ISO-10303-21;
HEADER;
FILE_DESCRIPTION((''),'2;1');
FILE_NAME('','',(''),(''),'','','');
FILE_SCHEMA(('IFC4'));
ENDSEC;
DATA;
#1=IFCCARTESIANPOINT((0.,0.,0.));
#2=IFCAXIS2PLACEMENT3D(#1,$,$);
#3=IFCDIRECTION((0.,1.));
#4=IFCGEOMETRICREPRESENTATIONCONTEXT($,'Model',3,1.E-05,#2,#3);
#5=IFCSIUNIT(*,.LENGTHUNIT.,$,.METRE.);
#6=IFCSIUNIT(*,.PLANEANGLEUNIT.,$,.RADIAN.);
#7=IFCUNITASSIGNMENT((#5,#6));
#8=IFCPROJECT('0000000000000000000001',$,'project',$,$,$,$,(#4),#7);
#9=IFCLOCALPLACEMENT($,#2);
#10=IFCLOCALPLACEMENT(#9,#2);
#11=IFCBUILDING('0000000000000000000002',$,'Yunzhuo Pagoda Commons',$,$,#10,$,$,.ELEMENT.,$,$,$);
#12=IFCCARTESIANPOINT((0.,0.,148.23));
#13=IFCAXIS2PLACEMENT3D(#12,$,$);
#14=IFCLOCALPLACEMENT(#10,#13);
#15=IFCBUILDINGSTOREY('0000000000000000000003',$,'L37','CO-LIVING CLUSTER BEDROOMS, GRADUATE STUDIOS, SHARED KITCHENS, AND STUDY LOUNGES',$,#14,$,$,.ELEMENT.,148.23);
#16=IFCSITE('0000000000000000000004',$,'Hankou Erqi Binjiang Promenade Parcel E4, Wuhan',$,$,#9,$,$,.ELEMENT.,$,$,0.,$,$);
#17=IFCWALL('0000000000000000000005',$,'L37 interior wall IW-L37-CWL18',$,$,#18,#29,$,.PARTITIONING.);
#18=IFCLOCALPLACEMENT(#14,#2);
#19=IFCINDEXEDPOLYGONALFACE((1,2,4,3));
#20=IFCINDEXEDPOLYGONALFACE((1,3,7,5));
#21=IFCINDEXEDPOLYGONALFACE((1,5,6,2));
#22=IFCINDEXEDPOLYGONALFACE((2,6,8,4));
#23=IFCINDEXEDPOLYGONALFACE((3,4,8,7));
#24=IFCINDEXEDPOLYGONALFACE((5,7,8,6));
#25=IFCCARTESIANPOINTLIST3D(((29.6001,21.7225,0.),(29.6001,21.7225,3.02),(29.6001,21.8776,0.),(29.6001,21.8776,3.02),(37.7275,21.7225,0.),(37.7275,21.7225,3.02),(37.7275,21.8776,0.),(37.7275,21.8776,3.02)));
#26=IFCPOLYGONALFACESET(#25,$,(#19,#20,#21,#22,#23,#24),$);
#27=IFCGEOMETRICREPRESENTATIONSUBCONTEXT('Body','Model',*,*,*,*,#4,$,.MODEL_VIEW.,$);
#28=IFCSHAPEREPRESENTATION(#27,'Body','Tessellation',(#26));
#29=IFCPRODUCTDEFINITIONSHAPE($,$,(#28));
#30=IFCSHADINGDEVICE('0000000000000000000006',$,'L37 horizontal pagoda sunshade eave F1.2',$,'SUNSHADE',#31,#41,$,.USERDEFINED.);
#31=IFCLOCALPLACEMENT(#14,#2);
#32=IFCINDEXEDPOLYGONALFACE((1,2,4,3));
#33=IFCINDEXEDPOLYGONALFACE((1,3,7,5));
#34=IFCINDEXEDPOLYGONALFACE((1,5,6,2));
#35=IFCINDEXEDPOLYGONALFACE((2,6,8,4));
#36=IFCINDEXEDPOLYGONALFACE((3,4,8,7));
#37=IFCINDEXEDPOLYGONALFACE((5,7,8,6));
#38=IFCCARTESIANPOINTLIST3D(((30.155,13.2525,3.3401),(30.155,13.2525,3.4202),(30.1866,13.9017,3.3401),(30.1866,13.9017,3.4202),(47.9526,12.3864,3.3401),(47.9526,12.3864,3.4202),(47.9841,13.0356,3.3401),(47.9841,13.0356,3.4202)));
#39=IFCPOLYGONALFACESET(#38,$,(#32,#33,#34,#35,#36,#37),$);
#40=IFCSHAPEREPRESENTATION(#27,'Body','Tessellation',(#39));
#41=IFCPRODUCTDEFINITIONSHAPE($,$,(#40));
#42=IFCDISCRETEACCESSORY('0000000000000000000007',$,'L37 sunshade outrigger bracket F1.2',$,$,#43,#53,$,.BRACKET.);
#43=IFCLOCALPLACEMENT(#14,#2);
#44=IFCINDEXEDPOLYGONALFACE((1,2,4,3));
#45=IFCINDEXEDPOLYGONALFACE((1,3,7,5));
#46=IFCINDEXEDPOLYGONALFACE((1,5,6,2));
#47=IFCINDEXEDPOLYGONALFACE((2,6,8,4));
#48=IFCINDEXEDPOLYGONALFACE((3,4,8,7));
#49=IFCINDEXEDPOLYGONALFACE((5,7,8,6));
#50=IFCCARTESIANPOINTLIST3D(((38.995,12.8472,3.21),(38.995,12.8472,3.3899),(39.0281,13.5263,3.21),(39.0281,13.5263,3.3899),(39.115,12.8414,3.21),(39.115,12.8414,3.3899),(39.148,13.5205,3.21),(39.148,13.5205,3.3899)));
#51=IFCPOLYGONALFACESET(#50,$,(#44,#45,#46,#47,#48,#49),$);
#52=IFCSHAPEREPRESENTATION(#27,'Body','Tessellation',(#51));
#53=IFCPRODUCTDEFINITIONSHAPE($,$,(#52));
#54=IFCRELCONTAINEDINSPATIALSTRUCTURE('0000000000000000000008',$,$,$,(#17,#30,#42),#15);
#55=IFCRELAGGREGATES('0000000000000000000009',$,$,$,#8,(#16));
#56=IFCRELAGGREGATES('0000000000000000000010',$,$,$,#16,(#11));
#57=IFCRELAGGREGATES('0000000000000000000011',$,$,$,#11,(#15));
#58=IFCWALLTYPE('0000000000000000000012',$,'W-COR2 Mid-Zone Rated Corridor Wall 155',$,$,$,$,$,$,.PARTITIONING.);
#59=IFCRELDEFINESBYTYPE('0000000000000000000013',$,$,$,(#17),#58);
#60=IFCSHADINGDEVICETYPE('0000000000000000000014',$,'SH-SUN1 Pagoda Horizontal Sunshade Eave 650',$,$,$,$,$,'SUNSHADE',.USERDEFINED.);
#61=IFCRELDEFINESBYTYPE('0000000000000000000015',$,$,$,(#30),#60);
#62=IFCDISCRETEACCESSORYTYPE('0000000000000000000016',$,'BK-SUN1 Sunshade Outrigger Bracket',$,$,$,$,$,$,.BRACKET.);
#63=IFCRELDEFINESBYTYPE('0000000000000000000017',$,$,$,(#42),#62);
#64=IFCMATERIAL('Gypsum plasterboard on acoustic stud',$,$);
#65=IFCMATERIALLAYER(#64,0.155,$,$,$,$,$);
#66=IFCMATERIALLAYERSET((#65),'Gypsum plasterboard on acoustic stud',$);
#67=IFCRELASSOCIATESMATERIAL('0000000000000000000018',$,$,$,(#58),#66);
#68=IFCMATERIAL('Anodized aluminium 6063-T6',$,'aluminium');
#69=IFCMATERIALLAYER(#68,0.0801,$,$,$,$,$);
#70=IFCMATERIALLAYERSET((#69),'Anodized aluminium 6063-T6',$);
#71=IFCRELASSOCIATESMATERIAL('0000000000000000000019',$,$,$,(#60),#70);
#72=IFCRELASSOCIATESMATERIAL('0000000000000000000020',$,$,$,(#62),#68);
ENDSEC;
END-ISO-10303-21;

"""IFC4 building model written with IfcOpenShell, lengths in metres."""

from ifc_helpers import new_model, si_unit, direction, frame, frame_2d, origin, origin_2d, place, context, subcontext, project, spatial, rectangle, extrude, source, transform, mapped, material, layer, layer_set, type_object, element, save


model = new_model("IFC4")

# Units and contexts
model_context = context("Model", 3, precision=1e-05, world=origin(), true_north=direction((0.0, 1.0)))
body_context = subcontext(model_context, "Body", "Model", "MODEL_VIEW")
ifc_project = project(units=[si_unit("LENGTHUNIT", "METRE"), si_unit("PLANEANGLEUNIT", "RADIAN")], contexts=[model_context])

# Site, building, storey
site_placement = place(None, origin())
site = spatial("IfcSite", under=ifc_project, at=site_placement, Name="Hankou Erqi Binjiang Promenade Parcel E4, Wuhan", CompositionType="ELEMENT", RefElevation=0.0)
building_placement = place(site_placement, origin())
building = spatial("IfcBuilding", under=site, at=building_placement, Name="Yunzhuo Pagoda Commons", CompositionType="ELEMENT")
storey_placement = place(building_placement, frame((0.0, 0.0, 148.23)))
storey = spatial("IfcBuildingStorey", under=building, at=storey_placement, Name="L37", Description="CO-LIVING CLUSTER BEDROOMS, GRADUATE STUDIOS, SHARED KITCHENS, AND STUDY LOUNGES", CompositionType="ELEMENT", Elevation=148.23)

# Shared definitions
ifc_material_1 = material(Name="Anodized aluminium 6063-T6", Category="aluminium")

# Wall
ifc_material_2 = material(Name="Gypsum plasterboard on acoustic stud")
ifc_layer_1 = layer(ifc_material_2, 0.155)
ifc_layer_set_1 = layer_set([ifc_layer_1], Name="Gypsum plasterboard on acoustic stud")
wall_type = type_object("IfcWallType", Name="W-COR2 Mid-Zone Rated Corridor Wall 155", PredefinedType="PARTITIONING", material=ifc_layer_set_1)
wall_placement = place(storey_placement, frame((37.7275, 21.8, 0.0), z_axis=(0.0, 0.0, 1.0), x_axis=(-1.0, 0.0, 0.0)))
element("IfcWall", 1, at=wall_placement, inside=storey, type_object=wall_type, Name="L37 interior wall IW-L37-CWL18", PredefinedType="PARTITIONING", context=body_context, shape_type="SweptSolid", body=[
    extrude(rectangle(XDim=8.1274, YDim=0.155, at=frame_2d((4.0637, 0.0))), origin(), (0.0, 0.0, 1.0), 3.02),
])

# Shading device
ifc_layer_2 = layer(ifc_material_1, 0.0801)
ifc_layer_set_2 = layer_set([ifc_layer_2], Name="Anodized aluminium 6063-T6")
shading_device_type = type_object("IfcShadingDeviceType", Name="SH-SUN1 Pagoda Horizontal Sunshade Eave 650", ElementType="SUNSHADE", PredefinedType="USERDEFINED", material=ifc_layer_set_2)
shared_shape_1 = source(origin(), body_context, "Body", "SweptSolid", [
    extrude(rectangle(XDim=17.8186, YDim=0.6499, at=origin_2d()), origin(), (0.0, 0.0, 1.0), 0.0801),
])
shading_device_placement = place(storey_placement, frame((39.0696, 13.144, 3.3401), z_axis=(0.0, 0.0, 1.0), x_axis=(0.998818, -0.048606, 0.0)))
element("IfcShadingDevice", 2, at=shading_device_placement, inside=storey, type_object=shading_device_type, Name="L37 horizontal pagoda sunshade eave F1.2", ObjectType="SUNSHADE", PredefinedType="USERDEFINED", context=body_context, shape_type="MappedRepresentation", body=[
    mapped(shared_shape_1, transform((0.0, 0.0, 0.0), scale=1.0)),
])

# Discrete accessory
discrete_accessory_type = type_object("IfcDiscreteAccessoryType", Name="BK-SUN1 Sunshade Outrigger Bracket", PredefinedType="BRACKET", material=ifc_material_1)
shared_shape_2 = source(origin(), body_context, "Body", "SweptSolid", [
    extrude(rectangle(XDim=0.1201, YDim=0.6799, at=origin_2d()), origin(), (0.0, 0.0, 1.0), 0.1799),
])
discrete_accessory_placement = place(storey_placement, frame((39.0715, 13.1838, 3.21), z_axis=(0.0, 0.0, 1.0), x_axis=(0.998818, -0.048606, 0.0)))
element("IfcDiscreteAccessory", 3, at=discrete_accessory_placement, inside=storey, type_object=discrete_accessory_type, Name="L37 sunshade outrigger bracket F1.2", PredefinedType="BRACKET", context=body_context, shape_type="MappedRepresentation", body=[
    mapped(shared_shape_2, transform((0.0, 0.0, 0.0), scale=1.0)),
])

save(model, "model.ifc")
